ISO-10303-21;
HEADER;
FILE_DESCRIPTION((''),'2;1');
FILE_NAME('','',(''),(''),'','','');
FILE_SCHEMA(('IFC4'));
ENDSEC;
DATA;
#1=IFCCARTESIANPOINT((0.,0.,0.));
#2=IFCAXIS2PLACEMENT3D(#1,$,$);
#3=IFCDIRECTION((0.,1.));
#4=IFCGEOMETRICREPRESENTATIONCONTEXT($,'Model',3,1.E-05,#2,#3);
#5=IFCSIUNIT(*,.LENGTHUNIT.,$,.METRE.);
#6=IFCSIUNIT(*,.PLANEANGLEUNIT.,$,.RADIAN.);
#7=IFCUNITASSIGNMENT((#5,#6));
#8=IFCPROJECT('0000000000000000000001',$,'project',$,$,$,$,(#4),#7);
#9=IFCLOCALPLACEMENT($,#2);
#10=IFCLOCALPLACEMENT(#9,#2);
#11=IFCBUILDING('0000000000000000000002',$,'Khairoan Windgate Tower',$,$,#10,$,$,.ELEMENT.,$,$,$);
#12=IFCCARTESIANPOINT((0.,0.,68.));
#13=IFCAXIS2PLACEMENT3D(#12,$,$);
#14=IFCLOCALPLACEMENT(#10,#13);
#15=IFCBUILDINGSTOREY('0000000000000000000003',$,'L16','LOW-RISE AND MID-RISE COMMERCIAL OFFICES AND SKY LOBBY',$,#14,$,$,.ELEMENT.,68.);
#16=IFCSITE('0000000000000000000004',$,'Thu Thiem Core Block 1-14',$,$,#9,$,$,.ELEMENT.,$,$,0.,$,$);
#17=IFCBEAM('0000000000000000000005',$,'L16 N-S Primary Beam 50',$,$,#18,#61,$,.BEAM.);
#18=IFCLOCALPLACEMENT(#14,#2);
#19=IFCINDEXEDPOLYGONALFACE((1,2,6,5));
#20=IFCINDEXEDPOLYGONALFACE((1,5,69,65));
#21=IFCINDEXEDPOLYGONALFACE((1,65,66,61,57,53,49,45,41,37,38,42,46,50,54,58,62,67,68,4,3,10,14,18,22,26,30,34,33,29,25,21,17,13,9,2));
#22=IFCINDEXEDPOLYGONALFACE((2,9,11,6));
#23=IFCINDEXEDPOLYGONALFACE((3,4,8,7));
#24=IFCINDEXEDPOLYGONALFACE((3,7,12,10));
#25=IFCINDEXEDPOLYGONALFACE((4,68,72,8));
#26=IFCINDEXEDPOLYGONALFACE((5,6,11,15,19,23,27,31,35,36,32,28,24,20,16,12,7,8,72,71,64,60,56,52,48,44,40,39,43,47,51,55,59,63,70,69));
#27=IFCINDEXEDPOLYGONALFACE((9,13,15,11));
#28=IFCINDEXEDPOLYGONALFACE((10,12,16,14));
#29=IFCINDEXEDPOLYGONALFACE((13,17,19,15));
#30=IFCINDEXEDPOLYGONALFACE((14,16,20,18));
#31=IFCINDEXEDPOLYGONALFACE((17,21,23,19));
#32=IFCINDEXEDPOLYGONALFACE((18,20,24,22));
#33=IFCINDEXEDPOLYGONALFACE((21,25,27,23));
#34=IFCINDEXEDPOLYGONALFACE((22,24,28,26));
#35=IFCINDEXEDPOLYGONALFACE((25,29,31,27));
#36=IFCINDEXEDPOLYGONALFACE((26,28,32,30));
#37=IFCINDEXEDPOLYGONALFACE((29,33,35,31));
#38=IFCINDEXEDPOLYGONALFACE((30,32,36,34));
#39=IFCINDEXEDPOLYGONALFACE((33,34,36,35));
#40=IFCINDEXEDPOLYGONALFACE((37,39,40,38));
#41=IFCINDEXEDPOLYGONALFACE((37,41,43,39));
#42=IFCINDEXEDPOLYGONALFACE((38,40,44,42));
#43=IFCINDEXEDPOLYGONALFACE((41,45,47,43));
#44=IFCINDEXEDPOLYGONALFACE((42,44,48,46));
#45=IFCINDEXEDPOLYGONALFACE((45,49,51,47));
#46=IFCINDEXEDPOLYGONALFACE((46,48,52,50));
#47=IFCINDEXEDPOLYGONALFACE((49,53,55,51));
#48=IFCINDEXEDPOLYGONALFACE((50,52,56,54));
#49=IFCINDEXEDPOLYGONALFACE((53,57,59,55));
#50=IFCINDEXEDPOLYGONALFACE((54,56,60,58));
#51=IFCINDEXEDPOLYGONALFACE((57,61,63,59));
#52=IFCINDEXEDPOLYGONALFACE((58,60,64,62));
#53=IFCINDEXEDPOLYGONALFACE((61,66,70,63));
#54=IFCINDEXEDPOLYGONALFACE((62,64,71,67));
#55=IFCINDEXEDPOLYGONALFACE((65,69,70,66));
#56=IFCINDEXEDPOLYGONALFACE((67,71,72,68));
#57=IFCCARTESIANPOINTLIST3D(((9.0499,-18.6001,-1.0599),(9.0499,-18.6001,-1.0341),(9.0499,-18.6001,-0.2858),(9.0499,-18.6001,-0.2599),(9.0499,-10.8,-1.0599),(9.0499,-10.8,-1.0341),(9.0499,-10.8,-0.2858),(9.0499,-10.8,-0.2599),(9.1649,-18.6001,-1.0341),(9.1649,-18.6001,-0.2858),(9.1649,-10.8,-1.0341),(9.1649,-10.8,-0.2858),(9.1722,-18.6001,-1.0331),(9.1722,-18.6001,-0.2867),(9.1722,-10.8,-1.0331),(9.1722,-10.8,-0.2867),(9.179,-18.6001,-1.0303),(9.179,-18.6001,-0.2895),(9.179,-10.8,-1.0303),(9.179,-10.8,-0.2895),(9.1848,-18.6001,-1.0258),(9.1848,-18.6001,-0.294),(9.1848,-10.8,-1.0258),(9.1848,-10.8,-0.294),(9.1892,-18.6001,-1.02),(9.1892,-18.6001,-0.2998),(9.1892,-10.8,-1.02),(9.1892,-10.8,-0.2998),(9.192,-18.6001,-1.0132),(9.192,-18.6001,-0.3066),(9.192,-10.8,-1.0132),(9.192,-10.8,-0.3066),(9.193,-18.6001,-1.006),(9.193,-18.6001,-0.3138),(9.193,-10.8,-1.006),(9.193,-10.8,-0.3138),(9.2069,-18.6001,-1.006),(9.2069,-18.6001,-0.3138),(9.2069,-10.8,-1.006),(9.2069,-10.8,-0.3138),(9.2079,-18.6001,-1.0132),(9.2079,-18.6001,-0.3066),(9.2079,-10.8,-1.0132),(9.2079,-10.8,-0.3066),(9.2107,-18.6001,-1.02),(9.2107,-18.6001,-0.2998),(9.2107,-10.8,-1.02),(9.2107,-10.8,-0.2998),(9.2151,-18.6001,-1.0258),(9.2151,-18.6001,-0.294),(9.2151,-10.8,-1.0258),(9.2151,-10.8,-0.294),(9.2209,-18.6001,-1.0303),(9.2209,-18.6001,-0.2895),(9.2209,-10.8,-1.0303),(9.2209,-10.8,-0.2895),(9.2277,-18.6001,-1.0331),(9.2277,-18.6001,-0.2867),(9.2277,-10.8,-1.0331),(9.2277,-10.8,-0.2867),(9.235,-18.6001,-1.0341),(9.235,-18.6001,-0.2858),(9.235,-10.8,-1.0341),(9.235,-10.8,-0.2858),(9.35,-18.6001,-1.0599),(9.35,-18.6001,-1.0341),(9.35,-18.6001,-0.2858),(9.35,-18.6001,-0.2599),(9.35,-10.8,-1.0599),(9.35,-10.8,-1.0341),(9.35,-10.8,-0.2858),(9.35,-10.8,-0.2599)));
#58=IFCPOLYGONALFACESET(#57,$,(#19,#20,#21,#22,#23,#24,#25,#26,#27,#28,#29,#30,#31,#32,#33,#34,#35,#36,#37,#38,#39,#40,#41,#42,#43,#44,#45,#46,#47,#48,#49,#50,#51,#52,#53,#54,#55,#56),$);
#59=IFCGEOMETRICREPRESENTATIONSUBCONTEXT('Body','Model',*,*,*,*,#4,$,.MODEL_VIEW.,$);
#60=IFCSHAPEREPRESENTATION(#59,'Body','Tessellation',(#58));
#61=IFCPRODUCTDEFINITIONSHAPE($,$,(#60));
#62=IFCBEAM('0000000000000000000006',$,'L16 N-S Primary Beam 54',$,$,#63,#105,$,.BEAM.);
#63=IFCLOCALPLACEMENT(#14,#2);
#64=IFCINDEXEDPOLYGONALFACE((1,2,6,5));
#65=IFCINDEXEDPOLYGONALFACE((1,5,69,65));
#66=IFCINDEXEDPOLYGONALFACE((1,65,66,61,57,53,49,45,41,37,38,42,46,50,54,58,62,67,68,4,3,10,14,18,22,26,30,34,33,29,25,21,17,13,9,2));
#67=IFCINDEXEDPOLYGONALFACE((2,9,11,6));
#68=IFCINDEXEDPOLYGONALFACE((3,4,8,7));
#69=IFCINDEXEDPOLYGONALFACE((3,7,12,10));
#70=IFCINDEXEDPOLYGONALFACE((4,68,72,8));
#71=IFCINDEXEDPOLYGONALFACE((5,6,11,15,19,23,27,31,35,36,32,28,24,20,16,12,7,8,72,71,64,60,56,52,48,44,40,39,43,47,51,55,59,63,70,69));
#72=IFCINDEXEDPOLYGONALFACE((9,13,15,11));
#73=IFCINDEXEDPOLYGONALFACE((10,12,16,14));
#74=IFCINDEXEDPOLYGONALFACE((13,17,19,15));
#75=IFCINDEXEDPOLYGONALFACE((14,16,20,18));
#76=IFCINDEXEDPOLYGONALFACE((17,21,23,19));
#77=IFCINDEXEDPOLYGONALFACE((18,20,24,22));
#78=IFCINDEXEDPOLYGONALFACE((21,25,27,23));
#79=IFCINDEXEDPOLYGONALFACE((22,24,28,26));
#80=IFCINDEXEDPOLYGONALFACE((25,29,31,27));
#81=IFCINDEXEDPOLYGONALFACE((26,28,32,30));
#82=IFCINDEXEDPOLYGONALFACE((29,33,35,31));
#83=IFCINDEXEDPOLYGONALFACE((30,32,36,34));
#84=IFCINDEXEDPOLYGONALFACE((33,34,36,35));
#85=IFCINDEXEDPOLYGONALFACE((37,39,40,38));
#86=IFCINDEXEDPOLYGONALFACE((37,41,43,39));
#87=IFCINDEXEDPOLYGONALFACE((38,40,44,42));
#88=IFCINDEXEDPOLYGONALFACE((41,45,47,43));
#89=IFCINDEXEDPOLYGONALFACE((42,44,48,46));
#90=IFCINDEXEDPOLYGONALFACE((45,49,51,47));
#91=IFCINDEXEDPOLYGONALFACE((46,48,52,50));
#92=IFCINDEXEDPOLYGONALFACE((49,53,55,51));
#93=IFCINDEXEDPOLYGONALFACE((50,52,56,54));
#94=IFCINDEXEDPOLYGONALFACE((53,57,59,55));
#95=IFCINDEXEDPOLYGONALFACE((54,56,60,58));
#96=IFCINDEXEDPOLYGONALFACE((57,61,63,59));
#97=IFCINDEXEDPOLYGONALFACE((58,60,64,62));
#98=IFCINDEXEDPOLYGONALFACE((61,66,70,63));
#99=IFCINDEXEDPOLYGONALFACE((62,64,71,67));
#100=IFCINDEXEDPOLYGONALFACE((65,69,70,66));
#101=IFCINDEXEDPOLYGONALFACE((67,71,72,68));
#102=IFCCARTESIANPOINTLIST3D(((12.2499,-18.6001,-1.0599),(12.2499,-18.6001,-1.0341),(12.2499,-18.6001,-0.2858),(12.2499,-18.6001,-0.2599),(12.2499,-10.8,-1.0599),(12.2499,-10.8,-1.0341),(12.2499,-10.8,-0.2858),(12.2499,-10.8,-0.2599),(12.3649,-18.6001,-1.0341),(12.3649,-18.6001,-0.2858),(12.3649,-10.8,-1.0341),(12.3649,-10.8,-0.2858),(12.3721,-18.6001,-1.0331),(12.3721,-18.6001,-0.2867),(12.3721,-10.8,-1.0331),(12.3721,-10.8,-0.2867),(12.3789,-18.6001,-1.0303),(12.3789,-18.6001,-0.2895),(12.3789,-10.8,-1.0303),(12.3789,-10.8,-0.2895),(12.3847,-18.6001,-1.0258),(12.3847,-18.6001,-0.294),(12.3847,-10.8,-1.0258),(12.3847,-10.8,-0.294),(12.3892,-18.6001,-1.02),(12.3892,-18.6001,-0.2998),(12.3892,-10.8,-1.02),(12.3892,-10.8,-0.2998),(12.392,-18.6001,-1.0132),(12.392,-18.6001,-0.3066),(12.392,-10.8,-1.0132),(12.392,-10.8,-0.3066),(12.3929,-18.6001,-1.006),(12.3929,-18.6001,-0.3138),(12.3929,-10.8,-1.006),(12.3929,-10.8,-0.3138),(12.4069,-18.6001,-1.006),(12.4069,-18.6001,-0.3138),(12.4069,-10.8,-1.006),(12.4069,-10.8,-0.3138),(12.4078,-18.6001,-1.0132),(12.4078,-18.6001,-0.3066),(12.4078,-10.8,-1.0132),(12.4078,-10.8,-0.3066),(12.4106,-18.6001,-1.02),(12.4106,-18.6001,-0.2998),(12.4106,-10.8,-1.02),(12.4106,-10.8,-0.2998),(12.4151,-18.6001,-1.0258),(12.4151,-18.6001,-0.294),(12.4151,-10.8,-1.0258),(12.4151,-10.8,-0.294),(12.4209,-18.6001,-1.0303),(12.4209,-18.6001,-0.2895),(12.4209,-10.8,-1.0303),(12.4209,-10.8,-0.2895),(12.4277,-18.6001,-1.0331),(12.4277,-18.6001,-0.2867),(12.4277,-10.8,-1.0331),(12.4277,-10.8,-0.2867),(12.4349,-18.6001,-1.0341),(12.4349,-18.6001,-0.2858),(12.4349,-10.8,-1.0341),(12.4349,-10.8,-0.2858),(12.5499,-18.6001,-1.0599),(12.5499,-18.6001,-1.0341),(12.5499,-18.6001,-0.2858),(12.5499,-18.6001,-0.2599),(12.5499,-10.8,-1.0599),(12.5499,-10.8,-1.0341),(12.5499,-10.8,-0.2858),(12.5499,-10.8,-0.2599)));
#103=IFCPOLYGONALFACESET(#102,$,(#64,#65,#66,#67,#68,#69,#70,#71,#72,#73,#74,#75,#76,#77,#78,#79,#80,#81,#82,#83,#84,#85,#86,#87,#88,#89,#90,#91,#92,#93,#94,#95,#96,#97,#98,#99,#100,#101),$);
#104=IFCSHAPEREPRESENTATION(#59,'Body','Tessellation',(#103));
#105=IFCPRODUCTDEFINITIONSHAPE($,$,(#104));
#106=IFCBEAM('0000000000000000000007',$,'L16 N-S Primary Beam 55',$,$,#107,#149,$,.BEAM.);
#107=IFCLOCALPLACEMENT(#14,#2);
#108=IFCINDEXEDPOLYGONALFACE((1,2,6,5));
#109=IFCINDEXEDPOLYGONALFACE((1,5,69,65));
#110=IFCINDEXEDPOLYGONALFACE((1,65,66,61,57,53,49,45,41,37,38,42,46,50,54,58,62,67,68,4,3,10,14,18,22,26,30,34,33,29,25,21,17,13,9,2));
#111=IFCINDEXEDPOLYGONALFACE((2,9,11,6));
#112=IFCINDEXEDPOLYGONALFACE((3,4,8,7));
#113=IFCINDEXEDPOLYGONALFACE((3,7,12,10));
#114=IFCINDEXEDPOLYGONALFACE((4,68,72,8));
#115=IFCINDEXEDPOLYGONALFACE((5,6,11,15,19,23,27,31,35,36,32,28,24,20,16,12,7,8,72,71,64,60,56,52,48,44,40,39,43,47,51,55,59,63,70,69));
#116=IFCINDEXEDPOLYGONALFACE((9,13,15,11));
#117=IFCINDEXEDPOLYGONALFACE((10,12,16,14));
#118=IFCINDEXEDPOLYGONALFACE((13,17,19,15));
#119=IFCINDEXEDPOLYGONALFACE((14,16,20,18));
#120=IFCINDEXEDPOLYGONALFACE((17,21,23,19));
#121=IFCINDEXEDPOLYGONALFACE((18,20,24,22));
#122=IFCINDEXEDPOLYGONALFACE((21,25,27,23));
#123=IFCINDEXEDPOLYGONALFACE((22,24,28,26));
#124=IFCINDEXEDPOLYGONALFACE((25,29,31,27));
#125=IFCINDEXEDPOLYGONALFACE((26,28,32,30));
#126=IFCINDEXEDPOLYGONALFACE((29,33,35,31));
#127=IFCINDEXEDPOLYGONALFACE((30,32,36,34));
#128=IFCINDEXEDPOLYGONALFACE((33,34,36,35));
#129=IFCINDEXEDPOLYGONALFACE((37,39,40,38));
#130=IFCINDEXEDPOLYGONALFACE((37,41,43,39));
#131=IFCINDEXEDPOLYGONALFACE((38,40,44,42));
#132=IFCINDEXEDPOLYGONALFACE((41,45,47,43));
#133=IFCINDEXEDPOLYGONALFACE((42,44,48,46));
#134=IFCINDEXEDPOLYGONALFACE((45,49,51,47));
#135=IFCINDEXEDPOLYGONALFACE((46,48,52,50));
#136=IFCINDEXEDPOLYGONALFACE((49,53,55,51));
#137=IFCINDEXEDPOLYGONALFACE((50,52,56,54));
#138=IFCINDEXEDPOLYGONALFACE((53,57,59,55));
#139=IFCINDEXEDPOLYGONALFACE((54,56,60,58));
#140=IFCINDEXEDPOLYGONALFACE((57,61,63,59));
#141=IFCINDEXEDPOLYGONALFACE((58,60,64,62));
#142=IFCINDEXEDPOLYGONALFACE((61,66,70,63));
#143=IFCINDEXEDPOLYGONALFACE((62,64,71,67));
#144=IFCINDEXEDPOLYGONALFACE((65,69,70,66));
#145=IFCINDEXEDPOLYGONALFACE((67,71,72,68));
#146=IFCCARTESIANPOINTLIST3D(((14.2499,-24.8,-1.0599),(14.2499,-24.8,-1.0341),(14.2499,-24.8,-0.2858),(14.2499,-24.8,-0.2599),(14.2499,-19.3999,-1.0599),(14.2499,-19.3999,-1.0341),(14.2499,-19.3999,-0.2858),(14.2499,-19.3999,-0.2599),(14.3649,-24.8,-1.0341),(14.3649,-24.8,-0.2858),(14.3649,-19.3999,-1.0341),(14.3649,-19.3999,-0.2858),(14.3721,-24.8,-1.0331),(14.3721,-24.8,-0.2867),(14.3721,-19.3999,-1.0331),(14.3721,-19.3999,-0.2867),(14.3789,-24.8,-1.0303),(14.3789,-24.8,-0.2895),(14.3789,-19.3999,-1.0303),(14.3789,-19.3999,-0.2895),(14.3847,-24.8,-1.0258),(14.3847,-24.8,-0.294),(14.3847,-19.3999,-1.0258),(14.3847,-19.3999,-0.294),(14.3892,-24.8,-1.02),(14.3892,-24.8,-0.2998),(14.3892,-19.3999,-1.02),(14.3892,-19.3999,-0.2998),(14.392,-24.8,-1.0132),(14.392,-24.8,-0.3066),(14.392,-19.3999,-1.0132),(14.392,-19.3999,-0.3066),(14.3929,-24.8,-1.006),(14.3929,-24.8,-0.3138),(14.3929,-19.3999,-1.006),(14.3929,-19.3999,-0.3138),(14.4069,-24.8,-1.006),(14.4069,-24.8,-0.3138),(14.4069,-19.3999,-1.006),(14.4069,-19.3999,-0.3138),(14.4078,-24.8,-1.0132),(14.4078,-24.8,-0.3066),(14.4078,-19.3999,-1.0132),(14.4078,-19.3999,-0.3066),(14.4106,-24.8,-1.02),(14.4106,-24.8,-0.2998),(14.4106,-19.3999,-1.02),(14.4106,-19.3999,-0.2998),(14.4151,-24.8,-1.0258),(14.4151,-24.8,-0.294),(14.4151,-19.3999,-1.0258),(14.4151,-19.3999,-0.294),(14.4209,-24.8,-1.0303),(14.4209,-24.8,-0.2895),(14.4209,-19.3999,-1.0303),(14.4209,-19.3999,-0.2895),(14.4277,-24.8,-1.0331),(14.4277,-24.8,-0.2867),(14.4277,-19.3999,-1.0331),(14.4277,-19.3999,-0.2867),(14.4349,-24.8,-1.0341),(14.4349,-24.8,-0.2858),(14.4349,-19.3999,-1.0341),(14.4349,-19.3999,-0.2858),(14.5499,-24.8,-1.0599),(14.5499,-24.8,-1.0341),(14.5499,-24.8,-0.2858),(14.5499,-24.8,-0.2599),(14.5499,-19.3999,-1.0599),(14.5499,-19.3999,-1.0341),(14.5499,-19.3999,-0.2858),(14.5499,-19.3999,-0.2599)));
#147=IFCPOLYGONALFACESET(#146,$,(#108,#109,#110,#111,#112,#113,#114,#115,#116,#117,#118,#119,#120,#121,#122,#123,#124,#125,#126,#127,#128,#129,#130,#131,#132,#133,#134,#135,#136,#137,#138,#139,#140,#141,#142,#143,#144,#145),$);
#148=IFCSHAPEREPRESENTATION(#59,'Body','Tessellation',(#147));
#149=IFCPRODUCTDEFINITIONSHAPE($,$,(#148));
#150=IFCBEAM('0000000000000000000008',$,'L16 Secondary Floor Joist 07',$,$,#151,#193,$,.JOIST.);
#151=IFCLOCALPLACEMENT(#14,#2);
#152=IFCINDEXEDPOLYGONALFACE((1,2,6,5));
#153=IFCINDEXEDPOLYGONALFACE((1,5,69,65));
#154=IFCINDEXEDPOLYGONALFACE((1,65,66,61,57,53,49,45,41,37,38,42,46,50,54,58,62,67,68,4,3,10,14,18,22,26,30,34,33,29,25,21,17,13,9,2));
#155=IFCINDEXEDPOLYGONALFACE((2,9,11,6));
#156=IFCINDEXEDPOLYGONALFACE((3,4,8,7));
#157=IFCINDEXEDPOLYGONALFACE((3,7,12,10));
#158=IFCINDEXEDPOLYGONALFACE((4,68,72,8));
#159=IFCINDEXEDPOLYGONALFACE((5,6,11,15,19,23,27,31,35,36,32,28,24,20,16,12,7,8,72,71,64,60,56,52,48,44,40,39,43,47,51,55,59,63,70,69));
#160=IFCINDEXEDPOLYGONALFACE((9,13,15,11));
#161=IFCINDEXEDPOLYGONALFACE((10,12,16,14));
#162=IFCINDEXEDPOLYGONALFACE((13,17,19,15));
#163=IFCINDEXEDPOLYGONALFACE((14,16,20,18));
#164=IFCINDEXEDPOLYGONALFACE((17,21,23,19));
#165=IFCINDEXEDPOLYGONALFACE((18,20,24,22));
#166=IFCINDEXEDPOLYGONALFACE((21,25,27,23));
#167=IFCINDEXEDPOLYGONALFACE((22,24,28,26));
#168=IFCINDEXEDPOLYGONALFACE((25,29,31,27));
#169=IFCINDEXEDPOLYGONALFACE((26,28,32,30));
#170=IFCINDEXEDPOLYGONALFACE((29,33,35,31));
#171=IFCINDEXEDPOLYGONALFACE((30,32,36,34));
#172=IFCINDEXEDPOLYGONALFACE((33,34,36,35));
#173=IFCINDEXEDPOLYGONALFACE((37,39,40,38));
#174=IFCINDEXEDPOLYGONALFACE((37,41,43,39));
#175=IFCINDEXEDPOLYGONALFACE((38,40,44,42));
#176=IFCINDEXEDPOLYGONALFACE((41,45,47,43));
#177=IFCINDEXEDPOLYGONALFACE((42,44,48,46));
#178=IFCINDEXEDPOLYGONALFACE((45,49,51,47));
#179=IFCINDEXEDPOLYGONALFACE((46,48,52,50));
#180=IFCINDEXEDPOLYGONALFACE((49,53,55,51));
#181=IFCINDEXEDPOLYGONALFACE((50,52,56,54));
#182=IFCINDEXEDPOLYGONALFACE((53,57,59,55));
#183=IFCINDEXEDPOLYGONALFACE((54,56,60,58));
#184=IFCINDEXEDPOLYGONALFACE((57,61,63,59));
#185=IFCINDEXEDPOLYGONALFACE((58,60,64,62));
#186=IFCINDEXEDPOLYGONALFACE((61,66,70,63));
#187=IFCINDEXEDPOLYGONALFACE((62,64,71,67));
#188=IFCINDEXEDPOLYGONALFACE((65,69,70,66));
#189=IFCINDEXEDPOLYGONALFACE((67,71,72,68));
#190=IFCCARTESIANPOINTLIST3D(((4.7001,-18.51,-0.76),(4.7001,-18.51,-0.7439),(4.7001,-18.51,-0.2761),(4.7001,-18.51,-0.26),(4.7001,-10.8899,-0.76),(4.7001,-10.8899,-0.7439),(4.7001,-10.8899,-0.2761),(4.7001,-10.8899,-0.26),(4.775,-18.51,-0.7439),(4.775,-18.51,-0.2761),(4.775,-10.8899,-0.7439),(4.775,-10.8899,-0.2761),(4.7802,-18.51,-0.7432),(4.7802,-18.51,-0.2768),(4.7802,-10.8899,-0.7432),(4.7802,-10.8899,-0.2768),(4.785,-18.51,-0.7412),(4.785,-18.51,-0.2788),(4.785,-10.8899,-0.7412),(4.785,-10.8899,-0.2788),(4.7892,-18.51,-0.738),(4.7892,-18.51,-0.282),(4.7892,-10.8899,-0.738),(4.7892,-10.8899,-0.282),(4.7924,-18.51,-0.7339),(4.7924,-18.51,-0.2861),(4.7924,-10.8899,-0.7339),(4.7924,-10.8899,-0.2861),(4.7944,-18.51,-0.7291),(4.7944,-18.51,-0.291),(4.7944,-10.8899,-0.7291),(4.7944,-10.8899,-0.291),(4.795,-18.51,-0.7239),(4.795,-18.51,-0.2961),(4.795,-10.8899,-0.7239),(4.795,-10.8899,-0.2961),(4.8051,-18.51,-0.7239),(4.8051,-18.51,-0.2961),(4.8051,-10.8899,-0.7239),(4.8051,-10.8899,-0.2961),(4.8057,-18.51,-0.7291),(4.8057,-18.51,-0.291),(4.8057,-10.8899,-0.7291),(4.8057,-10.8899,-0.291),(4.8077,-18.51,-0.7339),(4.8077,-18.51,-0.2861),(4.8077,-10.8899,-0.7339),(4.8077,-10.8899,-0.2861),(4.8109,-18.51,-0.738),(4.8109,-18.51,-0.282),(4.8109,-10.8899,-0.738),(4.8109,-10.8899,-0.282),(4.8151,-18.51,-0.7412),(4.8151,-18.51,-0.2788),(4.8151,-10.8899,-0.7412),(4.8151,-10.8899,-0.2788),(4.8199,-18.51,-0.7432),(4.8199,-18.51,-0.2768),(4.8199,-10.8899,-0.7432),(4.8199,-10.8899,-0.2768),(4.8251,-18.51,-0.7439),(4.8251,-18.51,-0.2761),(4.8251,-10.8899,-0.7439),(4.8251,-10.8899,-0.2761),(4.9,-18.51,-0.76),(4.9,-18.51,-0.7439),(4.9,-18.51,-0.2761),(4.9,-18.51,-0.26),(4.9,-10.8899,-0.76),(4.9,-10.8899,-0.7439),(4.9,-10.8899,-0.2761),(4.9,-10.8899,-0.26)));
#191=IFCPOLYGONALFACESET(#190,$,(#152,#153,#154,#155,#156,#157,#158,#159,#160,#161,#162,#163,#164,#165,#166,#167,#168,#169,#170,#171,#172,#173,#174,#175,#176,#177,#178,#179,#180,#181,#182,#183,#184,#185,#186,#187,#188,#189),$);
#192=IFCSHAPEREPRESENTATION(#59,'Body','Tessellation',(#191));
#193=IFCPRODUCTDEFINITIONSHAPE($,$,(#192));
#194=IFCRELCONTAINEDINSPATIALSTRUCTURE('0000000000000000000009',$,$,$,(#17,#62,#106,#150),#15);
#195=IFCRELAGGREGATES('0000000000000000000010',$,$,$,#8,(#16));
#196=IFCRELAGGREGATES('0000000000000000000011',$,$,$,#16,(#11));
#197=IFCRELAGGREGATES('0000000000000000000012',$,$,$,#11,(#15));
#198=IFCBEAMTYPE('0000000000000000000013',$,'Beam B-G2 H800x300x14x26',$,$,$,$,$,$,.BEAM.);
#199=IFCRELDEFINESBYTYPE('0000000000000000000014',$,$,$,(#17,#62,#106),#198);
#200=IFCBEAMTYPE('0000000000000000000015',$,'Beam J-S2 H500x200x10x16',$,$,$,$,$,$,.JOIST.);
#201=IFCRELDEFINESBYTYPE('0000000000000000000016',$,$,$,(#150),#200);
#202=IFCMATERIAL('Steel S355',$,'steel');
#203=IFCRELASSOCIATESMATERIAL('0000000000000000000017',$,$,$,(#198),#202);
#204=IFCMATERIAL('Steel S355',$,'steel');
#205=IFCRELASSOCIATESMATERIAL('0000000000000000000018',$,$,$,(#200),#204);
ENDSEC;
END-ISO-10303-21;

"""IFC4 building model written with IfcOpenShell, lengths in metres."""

from ifc_helpers import new_model, si_unit, direction, frame, origin, origin_2d, place, context, subcontext, project, spatial, i_section, extrude, material, material_profile, profile_set, type_object, element, save


model = new_model("IFC4")

# Units and contexts
model_context = context("Model", 3, precision=1e-05, world=origin(), true_north=direction((0.0, 1.0)))
body_context = subcontext(model_context, "Body", "Model", "MODEL_VIEW")
ifc_project = project(units=[si_unit("LENGTHUNIT", "METRE"), si_unit("PLANEANGLEUNIT", "RADIAN")], contexts=[model_context])

# Site, building, storey
site_placement = place(None, origin())
site = spatial("IfcSite", under=ifc_project, at=site_placement, Name="Thu Thiem Core Block 1-14", CompositionType="ELEMENT", RefElevation=0.0)
building_placement = place(site_placement, origin())
building = spatial("IfcBuilding", under=site, at=building_placement, Name="Khairoan Windgate Tower", CompositionType="ELEMENT")
storey_placement = place(building_placement, frame((0.0, 0.0, 68.0)))
storey = spatial("IfcBuildingStorey", under=building, at=storey_placement, Name="L16", Description="LOW-RISE AND MID-RISE COMMERCIAL OFFICES AND SKY LOBBY", CompositionType="ELEMENT", Elevation=68.0)

# Beams
ifc_material_1 = material(Name="Steel S355", Category="steel")
ifc_material_profile_1 = material_profile(ifc_material_1, i_section(OverallWidth=0.3, OverallDepth=0.8, WebThickness=0.0139, FlangeThickness=0.0259, FilletRadius=0.0281, at=origin_2d()))
ifc_profile_set_1 = profile_set([ifc_material_profile_1], Name="Steel S355")
beam_type_1 = type_object("IfcBeamType", Name="Beam B-G2 H800x300x14x26", PredefinedType="BEAM", material=ifc_profile_set_1)
for number, where, z_axis, x_axis, name in (
    (1, (9.2, -18.6001, -0.6599), (0.0, 1.0, 0.0), (-1.0, 0.0, 0.0), "L16 N-S Primary Beam 50"),
    (2, (12.3999, -18.6001, -0.6599), (0.0, 1.0, 0.0), (-1.0, 0.0, 0.0), "L16 N-S Primary Beam 54"),
):
    element("IfcBeam", number, at=place(storey_placement, frame(where, z_axis=z_axis, x_axis=x_axis)), inside=storey, type_object=beam_type_1, Name=name, PredefinedType="BEAM", context=body_context, shape_type="SweptSolid", body=[
        extrude(i_section(OverallWidth=0.3, OverallDepth=0.8, WebThickness=0.0139, FlangeThickness=0.0259, FilletRadius=0.0281, at=origin_2d()), origin(), (0.0, 0.0, 1.0), 7.8),
    ])
beam_1_placement = place(storey_placement, frame((14.3999, -24.8, -0.6599), z_axis=(0.0, 1.0, 0.0), x_axis=(-1.0, 0.0, 0.0)))
element("IfcBeam", 3, at=beam_1_placement, inside=storey, type_object=beam_type_1, Name="L16 N-S Primary Beam 55", PredefinedType="BEAM", context=body_context, shape_type="SweptSolid", body=[
    extrude(i_section(OverallWidth=0.3, OverallDepth=0.8, WebThickness=0.0139, FlangeThickness=0.0259, FilletRadius=0.0281, at=origin_2d()), origin(), (0.0, 0.0, 1.0), 5.4001),
])
ifc_material_2 = material(Name="Steel S355", Category="steel")
ifc_material_profile_2 = material_profile(ifc_material_2, i_section(OverallWidth=0.2, OverallDepth=0.5, WebThickness=0.01, FlangeThickness=0.0161, FilletRadius=0.02, at=origin_2d()))
ifc_profile_set_2 = profile_set([ifc_material_profile_2], Name="Steel S355")
beam_type_2 = type_object("IfcBeamType", Name="Beam J-S2 H500x200x10x16", PredefinedType="JOIST", material=ifc_profile_set_2)
beam_2_placement = place(storey_placement, frame((4.8, -18.51, -0.51), z_axis=(0.0, 1.0, 0.0), x_axis=(-1.0, 0.0, 0.0)))
element("IfcBeam", 4, at=beam_2_placement, inside=storey, type_object=beam_type_2, Name="L16 Secondary Floor Joist 07", PredefinedType="JOIST", context=body_context, shape_type="SweptSolid", body=[
    extrude(i_section(OverallWidth=0.2, OverallDepth=0.5, WebThickness=0.01, FlangeThickness=0.0161, FilletRadius=0.02, at=origin_2d()), origin(), (0.0, 0.0, 1.0), 7.6201),
])

save(model, "model.ifc")
